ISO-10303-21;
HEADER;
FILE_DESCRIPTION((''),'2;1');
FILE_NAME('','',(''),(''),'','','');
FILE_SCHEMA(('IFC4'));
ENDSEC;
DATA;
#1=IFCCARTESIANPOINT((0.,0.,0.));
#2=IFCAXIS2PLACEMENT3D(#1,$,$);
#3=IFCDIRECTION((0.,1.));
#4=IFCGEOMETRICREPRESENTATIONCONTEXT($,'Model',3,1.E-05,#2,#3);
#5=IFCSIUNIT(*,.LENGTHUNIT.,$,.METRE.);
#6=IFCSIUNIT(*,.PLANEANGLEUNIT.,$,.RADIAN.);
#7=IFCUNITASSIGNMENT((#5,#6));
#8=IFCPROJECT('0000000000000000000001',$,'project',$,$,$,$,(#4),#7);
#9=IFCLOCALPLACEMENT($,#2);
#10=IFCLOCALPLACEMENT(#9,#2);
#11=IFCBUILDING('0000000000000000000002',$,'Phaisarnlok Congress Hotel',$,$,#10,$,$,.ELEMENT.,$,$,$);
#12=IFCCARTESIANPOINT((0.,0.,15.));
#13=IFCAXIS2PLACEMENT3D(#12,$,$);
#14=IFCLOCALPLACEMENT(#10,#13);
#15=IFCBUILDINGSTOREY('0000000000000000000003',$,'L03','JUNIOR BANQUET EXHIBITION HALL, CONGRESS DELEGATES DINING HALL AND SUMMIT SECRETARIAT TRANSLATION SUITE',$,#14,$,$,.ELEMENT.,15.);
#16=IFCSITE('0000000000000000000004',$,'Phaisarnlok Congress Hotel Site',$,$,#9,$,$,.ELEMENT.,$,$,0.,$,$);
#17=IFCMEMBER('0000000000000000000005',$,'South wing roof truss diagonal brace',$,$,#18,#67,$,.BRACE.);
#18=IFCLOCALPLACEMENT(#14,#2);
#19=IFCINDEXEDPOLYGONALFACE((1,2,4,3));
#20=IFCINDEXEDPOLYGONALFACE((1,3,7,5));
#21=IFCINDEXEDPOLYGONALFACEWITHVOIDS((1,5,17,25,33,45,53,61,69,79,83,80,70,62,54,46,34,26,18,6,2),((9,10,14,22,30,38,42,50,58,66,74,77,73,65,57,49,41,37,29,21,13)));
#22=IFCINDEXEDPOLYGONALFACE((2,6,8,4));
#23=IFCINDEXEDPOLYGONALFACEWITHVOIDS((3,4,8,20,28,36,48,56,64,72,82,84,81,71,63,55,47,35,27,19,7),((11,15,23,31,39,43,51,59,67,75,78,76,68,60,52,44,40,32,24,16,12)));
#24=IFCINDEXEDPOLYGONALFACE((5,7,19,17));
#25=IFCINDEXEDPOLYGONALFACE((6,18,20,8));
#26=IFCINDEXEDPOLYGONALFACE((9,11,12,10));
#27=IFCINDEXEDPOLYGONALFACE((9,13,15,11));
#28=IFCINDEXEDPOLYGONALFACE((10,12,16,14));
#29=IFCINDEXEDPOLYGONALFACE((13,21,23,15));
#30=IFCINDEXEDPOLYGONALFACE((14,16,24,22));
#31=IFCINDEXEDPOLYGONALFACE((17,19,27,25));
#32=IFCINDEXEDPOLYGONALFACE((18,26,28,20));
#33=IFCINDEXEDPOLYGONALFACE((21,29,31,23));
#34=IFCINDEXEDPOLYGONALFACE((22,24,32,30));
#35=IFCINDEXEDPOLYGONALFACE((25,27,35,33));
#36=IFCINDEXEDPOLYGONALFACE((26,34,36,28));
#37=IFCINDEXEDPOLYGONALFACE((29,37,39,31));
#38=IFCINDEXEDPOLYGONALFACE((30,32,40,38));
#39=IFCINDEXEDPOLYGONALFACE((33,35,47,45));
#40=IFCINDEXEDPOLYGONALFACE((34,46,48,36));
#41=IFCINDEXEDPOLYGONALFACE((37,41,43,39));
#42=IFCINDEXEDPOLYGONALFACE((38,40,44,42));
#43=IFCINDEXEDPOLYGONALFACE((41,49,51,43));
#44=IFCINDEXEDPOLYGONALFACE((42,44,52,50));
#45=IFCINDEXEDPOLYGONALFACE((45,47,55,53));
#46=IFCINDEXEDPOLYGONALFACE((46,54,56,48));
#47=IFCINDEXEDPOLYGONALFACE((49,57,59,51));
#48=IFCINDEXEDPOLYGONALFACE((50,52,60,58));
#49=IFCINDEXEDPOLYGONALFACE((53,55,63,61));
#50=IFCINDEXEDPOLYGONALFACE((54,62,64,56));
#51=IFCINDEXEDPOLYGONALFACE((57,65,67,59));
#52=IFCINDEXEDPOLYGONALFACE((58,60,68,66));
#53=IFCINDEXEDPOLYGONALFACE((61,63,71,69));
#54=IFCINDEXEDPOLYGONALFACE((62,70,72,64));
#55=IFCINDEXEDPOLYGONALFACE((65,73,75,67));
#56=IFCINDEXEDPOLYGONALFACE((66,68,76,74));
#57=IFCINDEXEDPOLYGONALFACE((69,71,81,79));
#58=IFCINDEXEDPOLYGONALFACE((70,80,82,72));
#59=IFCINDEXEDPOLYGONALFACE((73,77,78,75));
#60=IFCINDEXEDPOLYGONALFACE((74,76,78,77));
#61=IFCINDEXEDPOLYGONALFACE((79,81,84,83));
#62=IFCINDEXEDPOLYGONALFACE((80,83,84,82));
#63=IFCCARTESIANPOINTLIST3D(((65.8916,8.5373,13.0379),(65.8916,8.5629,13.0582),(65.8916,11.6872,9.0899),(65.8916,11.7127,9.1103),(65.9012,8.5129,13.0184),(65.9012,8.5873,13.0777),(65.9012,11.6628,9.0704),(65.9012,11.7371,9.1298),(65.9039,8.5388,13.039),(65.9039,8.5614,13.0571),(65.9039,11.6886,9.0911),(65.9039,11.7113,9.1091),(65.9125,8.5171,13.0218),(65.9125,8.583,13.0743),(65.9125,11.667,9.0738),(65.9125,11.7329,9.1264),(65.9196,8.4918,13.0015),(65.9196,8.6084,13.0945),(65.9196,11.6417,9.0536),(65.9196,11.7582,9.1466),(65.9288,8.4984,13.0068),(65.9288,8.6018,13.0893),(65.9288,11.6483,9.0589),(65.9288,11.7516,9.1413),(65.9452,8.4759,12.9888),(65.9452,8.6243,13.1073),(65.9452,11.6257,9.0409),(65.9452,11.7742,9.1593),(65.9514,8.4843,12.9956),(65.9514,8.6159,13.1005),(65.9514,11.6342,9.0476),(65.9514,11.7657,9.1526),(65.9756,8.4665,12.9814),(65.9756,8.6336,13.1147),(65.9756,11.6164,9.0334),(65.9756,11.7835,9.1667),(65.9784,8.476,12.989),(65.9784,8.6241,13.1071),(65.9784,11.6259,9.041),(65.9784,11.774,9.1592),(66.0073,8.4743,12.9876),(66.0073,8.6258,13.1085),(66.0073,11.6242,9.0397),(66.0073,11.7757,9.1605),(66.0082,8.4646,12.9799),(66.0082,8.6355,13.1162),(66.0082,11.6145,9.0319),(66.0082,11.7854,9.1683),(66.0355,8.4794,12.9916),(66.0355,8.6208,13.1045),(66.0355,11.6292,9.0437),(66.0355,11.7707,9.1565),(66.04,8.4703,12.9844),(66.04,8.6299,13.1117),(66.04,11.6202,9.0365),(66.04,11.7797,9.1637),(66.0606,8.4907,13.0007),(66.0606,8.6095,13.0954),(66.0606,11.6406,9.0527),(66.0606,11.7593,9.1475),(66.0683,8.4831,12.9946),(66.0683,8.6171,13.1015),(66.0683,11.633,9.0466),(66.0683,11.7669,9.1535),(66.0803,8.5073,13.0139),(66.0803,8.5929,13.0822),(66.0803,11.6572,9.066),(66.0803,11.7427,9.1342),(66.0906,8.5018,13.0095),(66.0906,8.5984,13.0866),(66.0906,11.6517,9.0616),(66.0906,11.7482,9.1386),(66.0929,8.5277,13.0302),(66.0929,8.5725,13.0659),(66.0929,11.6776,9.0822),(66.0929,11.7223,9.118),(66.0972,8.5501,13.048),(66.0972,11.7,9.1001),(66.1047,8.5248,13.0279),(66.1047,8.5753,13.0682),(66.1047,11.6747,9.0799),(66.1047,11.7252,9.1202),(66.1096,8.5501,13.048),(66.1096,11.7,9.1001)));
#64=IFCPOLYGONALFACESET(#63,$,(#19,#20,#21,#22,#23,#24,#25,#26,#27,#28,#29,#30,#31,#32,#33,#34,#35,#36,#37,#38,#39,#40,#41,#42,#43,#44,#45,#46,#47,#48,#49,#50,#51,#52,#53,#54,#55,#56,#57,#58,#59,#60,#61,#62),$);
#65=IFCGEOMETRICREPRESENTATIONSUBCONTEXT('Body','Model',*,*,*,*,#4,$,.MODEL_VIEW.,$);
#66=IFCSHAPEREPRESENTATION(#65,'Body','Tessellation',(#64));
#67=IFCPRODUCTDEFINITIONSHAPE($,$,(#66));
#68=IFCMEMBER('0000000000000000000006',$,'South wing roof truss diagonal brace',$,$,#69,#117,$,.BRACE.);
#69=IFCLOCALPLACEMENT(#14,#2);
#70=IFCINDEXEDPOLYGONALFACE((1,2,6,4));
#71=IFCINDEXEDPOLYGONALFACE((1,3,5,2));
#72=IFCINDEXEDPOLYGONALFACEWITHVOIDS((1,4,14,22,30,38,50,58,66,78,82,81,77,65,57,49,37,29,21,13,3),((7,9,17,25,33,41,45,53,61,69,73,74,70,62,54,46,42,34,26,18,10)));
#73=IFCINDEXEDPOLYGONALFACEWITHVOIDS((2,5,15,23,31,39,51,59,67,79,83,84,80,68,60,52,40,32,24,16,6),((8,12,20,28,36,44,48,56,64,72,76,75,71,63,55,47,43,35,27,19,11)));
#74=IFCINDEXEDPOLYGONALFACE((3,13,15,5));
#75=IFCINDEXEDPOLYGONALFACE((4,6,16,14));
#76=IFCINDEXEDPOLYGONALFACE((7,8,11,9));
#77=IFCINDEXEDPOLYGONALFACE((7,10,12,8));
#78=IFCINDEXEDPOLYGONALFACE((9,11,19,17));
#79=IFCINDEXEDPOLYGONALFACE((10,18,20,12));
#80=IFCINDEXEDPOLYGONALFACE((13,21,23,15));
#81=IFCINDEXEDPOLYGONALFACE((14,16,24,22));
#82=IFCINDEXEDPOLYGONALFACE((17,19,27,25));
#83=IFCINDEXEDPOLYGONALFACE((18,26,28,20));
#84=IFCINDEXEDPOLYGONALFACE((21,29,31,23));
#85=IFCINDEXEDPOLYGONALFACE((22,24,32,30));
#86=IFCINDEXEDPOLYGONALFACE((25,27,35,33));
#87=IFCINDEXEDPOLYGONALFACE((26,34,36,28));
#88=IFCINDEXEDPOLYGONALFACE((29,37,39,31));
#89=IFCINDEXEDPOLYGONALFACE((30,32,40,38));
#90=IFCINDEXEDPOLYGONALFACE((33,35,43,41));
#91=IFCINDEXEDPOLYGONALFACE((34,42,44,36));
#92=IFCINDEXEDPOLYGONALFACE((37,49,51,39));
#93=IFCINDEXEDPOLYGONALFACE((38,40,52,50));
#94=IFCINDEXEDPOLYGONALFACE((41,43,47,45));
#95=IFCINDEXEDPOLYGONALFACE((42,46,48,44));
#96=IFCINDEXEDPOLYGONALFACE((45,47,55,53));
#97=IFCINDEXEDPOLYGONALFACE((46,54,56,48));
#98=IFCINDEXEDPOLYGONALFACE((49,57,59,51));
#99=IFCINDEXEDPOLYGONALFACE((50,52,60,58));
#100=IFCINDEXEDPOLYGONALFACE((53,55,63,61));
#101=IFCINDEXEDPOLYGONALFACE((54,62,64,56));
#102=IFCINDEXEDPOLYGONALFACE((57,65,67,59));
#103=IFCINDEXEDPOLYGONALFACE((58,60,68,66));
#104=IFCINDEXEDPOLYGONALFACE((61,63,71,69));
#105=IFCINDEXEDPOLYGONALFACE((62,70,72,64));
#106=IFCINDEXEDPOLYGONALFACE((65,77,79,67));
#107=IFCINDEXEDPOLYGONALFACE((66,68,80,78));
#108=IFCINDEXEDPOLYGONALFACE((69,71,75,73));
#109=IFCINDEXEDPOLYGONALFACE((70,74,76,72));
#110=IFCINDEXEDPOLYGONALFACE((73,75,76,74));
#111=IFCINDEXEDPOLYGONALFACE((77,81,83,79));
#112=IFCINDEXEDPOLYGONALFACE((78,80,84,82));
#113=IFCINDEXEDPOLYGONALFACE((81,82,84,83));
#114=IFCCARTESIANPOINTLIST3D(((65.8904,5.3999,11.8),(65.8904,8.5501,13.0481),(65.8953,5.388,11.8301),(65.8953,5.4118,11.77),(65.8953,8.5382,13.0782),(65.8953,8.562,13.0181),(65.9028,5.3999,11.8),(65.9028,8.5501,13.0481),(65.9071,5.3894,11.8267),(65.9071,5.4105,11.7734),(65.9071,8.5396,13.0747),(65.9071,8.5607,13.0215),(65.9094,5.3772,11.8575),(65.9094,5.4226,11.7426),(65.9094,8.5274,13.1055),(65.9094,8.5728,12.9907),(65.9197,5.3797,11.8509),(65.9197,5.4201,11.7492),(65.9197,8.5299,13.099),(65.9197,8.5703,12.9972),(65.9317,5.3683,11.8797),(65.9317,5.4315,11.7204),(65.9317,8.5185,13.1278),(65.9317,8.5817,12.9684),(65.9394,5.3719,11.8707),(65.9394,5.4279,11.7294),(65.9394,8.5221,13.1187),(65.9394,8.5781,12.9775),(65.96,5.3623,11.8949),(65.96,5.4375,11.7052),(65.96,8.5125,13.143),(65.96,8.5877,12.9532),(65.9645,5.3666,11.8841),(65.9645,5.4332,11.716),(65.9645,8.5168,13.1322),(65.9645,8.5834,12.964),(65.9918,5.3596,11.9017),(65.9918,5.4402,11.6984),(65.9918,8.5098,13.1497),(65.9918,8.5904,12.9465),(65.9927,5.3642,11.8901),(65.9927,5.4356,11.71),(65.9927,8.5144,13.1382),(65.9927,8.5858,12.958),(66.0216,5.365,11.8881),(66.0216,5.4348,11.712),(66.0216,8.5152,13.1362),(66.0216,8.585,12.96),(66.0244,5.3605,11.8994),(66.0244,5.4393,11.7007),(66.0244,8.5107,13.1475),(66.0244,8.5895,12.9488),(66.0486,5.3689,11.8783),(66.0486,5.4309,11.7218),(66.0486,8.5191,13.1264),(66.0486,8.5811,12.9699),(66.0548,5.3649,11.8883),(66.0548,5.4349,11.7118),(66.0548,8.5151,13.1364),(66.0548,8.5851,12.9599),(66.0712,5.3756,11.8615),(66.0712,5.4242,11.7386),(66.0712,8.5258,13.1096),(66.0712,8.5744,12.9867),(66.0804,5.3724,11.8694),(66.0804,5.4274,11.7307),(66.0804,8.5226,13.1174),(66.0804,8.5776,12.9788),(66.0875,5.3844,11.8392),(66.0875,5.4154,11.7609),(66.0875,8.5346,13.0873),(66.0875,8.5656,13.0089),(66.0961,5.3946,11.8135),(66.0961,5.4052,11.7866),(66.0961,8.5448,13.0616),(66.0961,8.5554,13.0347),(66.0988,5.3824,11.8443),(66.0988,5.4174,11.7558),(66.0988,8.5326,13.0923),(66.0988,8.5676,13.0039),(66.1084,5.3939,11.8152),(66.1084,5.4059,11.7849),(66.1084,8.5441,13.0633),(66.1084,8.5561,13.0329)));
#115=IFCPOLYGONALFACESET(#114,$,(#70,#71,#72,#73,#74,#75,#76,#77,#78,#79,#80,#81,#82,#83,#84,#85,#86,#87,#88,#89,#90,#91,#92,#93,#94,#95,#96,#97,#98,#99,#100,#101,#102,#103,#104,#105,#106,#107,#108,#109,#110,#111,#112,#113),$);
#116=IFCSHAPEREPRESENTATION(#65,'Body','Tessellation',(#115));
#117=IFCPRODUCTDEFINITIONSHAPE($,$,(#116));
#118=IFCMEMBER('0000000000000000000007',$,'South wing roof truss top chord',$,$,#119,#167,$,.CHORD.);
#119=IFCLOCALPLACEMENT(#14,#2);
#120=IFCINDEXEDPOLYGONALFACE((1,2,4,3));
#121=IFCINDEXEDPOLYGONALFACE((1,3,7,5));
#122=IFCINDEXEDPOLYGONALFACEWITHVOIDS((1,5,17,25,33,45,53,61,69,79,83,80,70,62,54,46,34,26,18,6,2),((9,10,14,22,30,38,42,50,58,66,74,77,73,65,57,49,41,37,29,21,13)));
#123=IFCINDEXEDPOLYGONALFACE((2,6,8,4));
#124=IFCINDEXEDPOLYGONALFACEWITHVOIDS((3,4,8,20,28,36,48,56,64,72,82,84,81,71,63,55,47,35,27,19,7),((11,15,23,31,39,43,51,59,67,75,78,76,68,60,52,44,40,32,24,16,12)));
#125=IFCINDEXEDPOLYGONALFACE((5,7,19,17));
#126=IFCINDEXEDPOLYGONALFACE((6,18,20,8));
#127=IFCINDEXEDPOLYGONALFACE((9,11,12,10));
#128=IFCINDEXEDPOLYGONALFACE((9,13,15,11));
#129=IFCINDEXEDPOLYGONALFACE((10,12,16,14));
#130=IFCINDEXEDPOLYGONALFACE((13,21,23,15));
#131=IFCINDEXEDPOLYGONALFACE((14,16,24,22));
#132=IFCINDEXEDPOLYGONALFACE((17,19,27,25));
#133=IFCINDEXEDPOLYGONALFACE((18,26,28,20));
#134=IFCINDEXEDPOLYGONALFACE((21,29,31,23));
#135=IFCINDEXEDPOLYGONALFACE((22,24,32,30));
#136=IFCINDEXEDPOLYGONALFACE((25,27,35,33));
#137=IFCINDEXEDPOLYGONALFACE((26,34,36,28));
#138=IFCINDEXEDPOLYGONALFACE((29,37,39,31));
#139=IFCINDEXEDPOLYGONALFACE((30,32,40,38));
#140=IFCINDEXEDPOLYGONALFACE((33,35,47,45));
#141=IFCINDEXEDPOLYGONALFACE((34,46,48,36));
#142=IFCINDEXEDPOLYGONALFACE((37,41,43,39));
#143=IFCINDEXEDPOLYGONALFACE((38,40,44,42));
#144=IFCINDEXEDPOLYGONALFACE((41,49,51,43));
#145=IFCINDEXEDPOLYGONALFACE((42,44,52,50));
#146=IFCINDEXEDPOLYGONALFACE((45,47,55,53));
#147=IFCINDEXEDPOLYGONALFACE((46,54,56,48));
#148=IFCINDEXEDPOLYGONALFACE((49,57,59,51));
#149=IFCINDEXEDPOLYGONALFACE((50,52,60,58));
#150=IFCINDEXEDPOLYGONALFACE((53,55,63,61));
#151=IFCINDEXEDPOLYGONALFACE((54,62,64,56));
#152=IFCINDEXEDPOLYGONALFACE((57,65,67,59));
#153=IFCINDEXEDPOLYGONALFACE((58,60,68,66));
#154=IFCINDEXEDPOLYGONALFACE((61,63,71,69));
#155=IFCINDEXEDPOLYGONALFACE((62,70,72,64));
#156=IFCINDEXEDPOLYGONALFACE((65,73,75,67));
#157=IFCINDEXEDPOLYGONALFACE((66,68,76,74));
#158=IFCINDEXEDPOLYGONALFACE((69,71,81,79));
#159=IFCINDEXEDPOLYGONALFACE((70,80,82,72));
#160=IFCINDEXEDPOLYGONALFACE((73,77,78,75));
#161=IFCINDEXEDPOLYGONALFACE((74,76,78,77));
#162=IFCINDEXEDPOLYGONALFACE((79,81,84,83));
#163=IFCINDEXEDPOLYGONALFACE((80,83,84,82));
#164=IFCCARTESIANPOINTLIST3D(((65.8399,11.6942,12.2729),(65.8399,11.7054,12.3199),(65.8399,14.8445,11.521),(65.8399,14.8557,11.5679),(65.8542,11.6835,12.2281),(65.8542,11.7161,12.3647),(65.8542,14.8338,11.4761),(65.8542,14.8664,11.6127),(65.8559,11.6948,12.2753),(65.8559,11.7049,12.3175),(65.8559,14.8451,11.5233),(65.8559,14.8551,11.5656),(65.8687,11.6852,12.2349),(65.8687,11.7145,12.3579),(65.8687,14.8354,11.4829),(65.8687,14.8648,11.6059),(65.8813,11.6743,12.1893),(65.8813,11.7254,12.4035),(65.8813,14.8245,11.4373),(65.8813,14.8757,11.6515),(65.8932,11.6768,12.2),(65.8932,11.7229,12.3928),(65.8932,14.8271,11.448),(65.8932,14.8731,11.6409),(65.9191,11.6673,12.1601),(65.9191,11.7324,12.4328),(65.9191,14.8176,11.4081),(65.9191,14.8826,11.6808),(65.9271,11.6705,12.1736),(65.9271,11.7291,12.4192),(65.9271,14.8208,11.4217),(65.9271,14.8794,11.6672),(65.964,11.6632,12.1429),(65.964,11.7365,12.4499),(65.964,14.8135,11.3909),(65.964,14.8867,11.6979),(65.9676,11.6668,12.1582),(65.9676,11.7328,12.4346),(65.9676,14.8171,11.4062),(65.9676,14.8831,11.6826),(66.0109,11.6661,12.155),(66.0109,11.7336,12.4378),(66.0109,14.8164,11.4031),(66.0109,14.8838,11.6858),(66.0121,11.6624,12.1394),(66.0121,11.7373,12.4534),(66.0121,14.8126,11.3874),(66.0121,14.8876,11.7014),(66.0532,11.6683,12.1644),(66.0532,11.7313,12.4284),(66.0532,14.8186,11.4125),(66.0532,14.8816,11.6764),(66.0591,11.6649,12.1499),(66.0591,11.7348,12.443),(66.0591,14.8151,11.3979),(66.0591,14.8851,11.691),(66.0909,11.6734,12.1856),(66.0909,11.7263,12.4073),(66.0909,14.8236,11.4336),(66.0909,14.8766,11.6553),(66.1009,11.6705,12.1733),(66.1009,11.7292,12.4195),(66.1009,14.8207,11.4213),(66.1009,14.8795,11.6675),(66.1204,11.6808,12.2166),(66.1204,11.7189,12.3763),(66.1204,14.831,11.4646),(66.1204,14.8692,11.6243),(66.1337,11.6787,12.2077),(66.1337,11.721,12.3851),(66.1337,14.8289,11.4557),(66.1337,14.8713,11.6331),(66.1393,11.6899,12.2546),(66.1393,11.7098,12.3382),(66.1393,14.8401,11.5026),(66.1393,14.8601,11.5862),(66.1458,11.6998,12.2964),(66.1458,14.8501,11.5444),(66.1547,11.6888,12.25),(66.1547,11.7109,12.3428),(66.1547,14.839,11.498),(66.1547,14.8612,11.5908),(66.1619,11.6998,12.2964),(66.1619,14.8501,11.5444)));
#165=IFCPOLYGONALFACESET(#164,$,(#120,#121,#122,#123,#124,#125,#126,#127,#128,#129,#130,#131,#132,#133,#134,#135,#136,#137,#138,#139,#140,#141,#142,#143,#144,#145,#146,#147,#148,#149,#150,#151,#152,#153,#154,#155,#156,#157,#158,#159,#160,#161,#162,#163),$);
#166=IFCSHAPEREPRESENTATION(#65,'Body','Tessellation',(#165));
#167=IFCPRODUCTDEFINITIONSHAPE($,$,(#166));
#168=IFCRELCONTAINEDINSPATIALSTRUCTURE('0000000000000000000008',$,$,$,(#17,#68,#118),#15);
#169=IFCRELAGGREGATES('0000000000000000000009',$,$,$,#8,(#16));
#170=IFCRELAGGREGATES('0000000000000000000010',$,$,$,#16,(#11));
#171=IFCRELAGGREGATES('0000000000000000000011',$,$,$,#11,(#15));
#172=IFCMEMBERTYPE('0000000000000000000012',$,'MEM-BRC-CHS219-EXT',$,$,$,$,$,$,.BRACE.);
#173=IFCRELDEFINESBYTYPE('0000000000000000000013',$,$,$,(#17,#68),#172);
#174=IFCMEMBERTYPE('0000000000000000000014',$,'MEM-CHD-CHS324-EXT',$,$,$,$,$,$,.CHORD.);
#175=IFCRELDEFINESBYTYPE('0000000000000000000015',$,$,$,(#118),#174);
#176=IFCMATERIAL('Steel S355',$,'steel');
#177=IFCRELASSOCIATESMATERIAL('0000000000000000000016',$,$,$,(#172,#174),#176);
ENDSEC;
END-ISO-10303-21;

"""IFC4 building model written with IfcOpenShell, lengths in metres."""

from ifc_helpers import new_model, si_unit, direction, frame, origin, origin_2d, place, context, subcontext, project, spatial, hollow_circle, extrude, material, material_profile, profile_set, type_object, element, save


model = new_model("IFC4")

# Units and contexts
model_context = context("Model", 3, precision=1e-05, world=origin(), true_north=direction((0.0, 1.0)))
body_context = subcontext(model_context, "Body", "Model", "MODEL_VIEW")
ifc_project = project(units=[si_unit("LENGTHUNIT", "METRE"), si_unit("PLANEANGLEUNIT", "RADIAN")], contexts=[model_context])

# Site, building, storey
site_placement = place(None, origin())
site = spatial("IfcSite", under=ifc_project, at=site_placement, Name="Phaisarnlok Congress Hotel Site", CompositionType="ELEMENT", RefElevation=0.0)
building_placement = place(site_placement, origin())
building = spatial("IfcBuilding", under=site, at=building_placement, Name="Phaisarnlok Congress Hotel", CompositionType="ELEMENT")
storey_placement = place(building_placement, frame((0.0, 0.0, 15.0)))
storey = spatial("IfcBuildingStorey", under=building, at=storey_placement, Name="L03", Description="JUNIOR BANQUET EXHIBITION HALL, CONGRESS DELEGATES DINING HALL AND SUMMIT SECRETARIAT TRANSLATION SUITE", CompositionType="ELEMENT", Elevation=15.0)

# Shared definitions
ifc_material_1 = material(Name="Steel S355", Category="steel")

# Members
ifc_material_profile_1 = material_profile(ifc_material_1, hollow_circle(Radius=0.1096, WallThickness=0.0125, at=origin_2d()), Name="CHS 219.1x12.5")
ifc_profile_set_1 = profile_set([ifc_material_profile_1], Name="Steel S355")
member_type_1 = type_object("IfcMemberType", Name="MEM-BRC-CHS219-EXT", PredefinedType="BRACE", material=ifc_profile_set_1)
member_1_placement = place(storey_placement, frame((66.0, 11.7, 9.1001), z_axis=(0.0, -0.623669, 0.781689), x_axis=(1.0, 0.0, 0.0)))
element("IfcMember", 1, at=member_1_placement, inside=storey, type_object=member_type_1, Name="South wing roof truss diagonal brace", PredefinedType="BRACE", context=body_context, shape_type="SweptSolid", body=[
    extrude(hollow_circle(Radius=0.1096, WallThickness=0.0125, at=origin_2d()), origin(), (0.0, 0.0, 1.0), 5.0505),
])
member_2_placement = place(storey_placement, frame((66.0, 5.3999, 11.8), z_axis=(0.0, 0.929694, 0.368333), x_axis=(-1.0, 0.0, 0.0)))
element("IfcMember", 2, at=member_2_placement, inside=storey, type_object=member_type_1, Name="South wing roof truss diagonal brace", PredefinedType="BRACE", context=body_context, shape_type="SweptSolid", body=[
    extrude(hollow_circle(Radius=0.1096, WallThickness=0.0125, at=origin_2d()), origin(), (0.0, 0.0, 1.0), 3.3884),
])
ifc_material_profile_2 = material_profile(ifc_material_1, hollow_circle(Radius=0.1619, WallThickness=0.0161, at=origin_2d()), Name="CHS 323.9x16")
ifc_profile_set_2 = profile_set([ifc_material_profile_2], Name="Steel S355")
member_type_2 = type_object("IfcMemberType", Name="MEM-CHD-CHS324-EXT", PredefinedType="CHORD", material=ifc_profile_set_2)
member_3_placement = place(storey_placement, frame((66.0, 14.8501, 11.5444), z_axis=(0.0, -0.972673, 0.232181), x_axis=(1.0, 0.0, 0.0)))
element("IfcMember", 3, at=member_3_placement, inside=storey, type_object=member_type_2, Name="South wing roof truss top chord", PredefinedType="CHORD", context=body_context, shape_type="SweptSolid", body=[
    extrude(hollow_circle(Radius=0.1619, WallThickness=0.0161, at=origin_2d()), origin(), (0.0, 0.0, 1.0), 3.2388),
])

save(model, "model.ifc")
